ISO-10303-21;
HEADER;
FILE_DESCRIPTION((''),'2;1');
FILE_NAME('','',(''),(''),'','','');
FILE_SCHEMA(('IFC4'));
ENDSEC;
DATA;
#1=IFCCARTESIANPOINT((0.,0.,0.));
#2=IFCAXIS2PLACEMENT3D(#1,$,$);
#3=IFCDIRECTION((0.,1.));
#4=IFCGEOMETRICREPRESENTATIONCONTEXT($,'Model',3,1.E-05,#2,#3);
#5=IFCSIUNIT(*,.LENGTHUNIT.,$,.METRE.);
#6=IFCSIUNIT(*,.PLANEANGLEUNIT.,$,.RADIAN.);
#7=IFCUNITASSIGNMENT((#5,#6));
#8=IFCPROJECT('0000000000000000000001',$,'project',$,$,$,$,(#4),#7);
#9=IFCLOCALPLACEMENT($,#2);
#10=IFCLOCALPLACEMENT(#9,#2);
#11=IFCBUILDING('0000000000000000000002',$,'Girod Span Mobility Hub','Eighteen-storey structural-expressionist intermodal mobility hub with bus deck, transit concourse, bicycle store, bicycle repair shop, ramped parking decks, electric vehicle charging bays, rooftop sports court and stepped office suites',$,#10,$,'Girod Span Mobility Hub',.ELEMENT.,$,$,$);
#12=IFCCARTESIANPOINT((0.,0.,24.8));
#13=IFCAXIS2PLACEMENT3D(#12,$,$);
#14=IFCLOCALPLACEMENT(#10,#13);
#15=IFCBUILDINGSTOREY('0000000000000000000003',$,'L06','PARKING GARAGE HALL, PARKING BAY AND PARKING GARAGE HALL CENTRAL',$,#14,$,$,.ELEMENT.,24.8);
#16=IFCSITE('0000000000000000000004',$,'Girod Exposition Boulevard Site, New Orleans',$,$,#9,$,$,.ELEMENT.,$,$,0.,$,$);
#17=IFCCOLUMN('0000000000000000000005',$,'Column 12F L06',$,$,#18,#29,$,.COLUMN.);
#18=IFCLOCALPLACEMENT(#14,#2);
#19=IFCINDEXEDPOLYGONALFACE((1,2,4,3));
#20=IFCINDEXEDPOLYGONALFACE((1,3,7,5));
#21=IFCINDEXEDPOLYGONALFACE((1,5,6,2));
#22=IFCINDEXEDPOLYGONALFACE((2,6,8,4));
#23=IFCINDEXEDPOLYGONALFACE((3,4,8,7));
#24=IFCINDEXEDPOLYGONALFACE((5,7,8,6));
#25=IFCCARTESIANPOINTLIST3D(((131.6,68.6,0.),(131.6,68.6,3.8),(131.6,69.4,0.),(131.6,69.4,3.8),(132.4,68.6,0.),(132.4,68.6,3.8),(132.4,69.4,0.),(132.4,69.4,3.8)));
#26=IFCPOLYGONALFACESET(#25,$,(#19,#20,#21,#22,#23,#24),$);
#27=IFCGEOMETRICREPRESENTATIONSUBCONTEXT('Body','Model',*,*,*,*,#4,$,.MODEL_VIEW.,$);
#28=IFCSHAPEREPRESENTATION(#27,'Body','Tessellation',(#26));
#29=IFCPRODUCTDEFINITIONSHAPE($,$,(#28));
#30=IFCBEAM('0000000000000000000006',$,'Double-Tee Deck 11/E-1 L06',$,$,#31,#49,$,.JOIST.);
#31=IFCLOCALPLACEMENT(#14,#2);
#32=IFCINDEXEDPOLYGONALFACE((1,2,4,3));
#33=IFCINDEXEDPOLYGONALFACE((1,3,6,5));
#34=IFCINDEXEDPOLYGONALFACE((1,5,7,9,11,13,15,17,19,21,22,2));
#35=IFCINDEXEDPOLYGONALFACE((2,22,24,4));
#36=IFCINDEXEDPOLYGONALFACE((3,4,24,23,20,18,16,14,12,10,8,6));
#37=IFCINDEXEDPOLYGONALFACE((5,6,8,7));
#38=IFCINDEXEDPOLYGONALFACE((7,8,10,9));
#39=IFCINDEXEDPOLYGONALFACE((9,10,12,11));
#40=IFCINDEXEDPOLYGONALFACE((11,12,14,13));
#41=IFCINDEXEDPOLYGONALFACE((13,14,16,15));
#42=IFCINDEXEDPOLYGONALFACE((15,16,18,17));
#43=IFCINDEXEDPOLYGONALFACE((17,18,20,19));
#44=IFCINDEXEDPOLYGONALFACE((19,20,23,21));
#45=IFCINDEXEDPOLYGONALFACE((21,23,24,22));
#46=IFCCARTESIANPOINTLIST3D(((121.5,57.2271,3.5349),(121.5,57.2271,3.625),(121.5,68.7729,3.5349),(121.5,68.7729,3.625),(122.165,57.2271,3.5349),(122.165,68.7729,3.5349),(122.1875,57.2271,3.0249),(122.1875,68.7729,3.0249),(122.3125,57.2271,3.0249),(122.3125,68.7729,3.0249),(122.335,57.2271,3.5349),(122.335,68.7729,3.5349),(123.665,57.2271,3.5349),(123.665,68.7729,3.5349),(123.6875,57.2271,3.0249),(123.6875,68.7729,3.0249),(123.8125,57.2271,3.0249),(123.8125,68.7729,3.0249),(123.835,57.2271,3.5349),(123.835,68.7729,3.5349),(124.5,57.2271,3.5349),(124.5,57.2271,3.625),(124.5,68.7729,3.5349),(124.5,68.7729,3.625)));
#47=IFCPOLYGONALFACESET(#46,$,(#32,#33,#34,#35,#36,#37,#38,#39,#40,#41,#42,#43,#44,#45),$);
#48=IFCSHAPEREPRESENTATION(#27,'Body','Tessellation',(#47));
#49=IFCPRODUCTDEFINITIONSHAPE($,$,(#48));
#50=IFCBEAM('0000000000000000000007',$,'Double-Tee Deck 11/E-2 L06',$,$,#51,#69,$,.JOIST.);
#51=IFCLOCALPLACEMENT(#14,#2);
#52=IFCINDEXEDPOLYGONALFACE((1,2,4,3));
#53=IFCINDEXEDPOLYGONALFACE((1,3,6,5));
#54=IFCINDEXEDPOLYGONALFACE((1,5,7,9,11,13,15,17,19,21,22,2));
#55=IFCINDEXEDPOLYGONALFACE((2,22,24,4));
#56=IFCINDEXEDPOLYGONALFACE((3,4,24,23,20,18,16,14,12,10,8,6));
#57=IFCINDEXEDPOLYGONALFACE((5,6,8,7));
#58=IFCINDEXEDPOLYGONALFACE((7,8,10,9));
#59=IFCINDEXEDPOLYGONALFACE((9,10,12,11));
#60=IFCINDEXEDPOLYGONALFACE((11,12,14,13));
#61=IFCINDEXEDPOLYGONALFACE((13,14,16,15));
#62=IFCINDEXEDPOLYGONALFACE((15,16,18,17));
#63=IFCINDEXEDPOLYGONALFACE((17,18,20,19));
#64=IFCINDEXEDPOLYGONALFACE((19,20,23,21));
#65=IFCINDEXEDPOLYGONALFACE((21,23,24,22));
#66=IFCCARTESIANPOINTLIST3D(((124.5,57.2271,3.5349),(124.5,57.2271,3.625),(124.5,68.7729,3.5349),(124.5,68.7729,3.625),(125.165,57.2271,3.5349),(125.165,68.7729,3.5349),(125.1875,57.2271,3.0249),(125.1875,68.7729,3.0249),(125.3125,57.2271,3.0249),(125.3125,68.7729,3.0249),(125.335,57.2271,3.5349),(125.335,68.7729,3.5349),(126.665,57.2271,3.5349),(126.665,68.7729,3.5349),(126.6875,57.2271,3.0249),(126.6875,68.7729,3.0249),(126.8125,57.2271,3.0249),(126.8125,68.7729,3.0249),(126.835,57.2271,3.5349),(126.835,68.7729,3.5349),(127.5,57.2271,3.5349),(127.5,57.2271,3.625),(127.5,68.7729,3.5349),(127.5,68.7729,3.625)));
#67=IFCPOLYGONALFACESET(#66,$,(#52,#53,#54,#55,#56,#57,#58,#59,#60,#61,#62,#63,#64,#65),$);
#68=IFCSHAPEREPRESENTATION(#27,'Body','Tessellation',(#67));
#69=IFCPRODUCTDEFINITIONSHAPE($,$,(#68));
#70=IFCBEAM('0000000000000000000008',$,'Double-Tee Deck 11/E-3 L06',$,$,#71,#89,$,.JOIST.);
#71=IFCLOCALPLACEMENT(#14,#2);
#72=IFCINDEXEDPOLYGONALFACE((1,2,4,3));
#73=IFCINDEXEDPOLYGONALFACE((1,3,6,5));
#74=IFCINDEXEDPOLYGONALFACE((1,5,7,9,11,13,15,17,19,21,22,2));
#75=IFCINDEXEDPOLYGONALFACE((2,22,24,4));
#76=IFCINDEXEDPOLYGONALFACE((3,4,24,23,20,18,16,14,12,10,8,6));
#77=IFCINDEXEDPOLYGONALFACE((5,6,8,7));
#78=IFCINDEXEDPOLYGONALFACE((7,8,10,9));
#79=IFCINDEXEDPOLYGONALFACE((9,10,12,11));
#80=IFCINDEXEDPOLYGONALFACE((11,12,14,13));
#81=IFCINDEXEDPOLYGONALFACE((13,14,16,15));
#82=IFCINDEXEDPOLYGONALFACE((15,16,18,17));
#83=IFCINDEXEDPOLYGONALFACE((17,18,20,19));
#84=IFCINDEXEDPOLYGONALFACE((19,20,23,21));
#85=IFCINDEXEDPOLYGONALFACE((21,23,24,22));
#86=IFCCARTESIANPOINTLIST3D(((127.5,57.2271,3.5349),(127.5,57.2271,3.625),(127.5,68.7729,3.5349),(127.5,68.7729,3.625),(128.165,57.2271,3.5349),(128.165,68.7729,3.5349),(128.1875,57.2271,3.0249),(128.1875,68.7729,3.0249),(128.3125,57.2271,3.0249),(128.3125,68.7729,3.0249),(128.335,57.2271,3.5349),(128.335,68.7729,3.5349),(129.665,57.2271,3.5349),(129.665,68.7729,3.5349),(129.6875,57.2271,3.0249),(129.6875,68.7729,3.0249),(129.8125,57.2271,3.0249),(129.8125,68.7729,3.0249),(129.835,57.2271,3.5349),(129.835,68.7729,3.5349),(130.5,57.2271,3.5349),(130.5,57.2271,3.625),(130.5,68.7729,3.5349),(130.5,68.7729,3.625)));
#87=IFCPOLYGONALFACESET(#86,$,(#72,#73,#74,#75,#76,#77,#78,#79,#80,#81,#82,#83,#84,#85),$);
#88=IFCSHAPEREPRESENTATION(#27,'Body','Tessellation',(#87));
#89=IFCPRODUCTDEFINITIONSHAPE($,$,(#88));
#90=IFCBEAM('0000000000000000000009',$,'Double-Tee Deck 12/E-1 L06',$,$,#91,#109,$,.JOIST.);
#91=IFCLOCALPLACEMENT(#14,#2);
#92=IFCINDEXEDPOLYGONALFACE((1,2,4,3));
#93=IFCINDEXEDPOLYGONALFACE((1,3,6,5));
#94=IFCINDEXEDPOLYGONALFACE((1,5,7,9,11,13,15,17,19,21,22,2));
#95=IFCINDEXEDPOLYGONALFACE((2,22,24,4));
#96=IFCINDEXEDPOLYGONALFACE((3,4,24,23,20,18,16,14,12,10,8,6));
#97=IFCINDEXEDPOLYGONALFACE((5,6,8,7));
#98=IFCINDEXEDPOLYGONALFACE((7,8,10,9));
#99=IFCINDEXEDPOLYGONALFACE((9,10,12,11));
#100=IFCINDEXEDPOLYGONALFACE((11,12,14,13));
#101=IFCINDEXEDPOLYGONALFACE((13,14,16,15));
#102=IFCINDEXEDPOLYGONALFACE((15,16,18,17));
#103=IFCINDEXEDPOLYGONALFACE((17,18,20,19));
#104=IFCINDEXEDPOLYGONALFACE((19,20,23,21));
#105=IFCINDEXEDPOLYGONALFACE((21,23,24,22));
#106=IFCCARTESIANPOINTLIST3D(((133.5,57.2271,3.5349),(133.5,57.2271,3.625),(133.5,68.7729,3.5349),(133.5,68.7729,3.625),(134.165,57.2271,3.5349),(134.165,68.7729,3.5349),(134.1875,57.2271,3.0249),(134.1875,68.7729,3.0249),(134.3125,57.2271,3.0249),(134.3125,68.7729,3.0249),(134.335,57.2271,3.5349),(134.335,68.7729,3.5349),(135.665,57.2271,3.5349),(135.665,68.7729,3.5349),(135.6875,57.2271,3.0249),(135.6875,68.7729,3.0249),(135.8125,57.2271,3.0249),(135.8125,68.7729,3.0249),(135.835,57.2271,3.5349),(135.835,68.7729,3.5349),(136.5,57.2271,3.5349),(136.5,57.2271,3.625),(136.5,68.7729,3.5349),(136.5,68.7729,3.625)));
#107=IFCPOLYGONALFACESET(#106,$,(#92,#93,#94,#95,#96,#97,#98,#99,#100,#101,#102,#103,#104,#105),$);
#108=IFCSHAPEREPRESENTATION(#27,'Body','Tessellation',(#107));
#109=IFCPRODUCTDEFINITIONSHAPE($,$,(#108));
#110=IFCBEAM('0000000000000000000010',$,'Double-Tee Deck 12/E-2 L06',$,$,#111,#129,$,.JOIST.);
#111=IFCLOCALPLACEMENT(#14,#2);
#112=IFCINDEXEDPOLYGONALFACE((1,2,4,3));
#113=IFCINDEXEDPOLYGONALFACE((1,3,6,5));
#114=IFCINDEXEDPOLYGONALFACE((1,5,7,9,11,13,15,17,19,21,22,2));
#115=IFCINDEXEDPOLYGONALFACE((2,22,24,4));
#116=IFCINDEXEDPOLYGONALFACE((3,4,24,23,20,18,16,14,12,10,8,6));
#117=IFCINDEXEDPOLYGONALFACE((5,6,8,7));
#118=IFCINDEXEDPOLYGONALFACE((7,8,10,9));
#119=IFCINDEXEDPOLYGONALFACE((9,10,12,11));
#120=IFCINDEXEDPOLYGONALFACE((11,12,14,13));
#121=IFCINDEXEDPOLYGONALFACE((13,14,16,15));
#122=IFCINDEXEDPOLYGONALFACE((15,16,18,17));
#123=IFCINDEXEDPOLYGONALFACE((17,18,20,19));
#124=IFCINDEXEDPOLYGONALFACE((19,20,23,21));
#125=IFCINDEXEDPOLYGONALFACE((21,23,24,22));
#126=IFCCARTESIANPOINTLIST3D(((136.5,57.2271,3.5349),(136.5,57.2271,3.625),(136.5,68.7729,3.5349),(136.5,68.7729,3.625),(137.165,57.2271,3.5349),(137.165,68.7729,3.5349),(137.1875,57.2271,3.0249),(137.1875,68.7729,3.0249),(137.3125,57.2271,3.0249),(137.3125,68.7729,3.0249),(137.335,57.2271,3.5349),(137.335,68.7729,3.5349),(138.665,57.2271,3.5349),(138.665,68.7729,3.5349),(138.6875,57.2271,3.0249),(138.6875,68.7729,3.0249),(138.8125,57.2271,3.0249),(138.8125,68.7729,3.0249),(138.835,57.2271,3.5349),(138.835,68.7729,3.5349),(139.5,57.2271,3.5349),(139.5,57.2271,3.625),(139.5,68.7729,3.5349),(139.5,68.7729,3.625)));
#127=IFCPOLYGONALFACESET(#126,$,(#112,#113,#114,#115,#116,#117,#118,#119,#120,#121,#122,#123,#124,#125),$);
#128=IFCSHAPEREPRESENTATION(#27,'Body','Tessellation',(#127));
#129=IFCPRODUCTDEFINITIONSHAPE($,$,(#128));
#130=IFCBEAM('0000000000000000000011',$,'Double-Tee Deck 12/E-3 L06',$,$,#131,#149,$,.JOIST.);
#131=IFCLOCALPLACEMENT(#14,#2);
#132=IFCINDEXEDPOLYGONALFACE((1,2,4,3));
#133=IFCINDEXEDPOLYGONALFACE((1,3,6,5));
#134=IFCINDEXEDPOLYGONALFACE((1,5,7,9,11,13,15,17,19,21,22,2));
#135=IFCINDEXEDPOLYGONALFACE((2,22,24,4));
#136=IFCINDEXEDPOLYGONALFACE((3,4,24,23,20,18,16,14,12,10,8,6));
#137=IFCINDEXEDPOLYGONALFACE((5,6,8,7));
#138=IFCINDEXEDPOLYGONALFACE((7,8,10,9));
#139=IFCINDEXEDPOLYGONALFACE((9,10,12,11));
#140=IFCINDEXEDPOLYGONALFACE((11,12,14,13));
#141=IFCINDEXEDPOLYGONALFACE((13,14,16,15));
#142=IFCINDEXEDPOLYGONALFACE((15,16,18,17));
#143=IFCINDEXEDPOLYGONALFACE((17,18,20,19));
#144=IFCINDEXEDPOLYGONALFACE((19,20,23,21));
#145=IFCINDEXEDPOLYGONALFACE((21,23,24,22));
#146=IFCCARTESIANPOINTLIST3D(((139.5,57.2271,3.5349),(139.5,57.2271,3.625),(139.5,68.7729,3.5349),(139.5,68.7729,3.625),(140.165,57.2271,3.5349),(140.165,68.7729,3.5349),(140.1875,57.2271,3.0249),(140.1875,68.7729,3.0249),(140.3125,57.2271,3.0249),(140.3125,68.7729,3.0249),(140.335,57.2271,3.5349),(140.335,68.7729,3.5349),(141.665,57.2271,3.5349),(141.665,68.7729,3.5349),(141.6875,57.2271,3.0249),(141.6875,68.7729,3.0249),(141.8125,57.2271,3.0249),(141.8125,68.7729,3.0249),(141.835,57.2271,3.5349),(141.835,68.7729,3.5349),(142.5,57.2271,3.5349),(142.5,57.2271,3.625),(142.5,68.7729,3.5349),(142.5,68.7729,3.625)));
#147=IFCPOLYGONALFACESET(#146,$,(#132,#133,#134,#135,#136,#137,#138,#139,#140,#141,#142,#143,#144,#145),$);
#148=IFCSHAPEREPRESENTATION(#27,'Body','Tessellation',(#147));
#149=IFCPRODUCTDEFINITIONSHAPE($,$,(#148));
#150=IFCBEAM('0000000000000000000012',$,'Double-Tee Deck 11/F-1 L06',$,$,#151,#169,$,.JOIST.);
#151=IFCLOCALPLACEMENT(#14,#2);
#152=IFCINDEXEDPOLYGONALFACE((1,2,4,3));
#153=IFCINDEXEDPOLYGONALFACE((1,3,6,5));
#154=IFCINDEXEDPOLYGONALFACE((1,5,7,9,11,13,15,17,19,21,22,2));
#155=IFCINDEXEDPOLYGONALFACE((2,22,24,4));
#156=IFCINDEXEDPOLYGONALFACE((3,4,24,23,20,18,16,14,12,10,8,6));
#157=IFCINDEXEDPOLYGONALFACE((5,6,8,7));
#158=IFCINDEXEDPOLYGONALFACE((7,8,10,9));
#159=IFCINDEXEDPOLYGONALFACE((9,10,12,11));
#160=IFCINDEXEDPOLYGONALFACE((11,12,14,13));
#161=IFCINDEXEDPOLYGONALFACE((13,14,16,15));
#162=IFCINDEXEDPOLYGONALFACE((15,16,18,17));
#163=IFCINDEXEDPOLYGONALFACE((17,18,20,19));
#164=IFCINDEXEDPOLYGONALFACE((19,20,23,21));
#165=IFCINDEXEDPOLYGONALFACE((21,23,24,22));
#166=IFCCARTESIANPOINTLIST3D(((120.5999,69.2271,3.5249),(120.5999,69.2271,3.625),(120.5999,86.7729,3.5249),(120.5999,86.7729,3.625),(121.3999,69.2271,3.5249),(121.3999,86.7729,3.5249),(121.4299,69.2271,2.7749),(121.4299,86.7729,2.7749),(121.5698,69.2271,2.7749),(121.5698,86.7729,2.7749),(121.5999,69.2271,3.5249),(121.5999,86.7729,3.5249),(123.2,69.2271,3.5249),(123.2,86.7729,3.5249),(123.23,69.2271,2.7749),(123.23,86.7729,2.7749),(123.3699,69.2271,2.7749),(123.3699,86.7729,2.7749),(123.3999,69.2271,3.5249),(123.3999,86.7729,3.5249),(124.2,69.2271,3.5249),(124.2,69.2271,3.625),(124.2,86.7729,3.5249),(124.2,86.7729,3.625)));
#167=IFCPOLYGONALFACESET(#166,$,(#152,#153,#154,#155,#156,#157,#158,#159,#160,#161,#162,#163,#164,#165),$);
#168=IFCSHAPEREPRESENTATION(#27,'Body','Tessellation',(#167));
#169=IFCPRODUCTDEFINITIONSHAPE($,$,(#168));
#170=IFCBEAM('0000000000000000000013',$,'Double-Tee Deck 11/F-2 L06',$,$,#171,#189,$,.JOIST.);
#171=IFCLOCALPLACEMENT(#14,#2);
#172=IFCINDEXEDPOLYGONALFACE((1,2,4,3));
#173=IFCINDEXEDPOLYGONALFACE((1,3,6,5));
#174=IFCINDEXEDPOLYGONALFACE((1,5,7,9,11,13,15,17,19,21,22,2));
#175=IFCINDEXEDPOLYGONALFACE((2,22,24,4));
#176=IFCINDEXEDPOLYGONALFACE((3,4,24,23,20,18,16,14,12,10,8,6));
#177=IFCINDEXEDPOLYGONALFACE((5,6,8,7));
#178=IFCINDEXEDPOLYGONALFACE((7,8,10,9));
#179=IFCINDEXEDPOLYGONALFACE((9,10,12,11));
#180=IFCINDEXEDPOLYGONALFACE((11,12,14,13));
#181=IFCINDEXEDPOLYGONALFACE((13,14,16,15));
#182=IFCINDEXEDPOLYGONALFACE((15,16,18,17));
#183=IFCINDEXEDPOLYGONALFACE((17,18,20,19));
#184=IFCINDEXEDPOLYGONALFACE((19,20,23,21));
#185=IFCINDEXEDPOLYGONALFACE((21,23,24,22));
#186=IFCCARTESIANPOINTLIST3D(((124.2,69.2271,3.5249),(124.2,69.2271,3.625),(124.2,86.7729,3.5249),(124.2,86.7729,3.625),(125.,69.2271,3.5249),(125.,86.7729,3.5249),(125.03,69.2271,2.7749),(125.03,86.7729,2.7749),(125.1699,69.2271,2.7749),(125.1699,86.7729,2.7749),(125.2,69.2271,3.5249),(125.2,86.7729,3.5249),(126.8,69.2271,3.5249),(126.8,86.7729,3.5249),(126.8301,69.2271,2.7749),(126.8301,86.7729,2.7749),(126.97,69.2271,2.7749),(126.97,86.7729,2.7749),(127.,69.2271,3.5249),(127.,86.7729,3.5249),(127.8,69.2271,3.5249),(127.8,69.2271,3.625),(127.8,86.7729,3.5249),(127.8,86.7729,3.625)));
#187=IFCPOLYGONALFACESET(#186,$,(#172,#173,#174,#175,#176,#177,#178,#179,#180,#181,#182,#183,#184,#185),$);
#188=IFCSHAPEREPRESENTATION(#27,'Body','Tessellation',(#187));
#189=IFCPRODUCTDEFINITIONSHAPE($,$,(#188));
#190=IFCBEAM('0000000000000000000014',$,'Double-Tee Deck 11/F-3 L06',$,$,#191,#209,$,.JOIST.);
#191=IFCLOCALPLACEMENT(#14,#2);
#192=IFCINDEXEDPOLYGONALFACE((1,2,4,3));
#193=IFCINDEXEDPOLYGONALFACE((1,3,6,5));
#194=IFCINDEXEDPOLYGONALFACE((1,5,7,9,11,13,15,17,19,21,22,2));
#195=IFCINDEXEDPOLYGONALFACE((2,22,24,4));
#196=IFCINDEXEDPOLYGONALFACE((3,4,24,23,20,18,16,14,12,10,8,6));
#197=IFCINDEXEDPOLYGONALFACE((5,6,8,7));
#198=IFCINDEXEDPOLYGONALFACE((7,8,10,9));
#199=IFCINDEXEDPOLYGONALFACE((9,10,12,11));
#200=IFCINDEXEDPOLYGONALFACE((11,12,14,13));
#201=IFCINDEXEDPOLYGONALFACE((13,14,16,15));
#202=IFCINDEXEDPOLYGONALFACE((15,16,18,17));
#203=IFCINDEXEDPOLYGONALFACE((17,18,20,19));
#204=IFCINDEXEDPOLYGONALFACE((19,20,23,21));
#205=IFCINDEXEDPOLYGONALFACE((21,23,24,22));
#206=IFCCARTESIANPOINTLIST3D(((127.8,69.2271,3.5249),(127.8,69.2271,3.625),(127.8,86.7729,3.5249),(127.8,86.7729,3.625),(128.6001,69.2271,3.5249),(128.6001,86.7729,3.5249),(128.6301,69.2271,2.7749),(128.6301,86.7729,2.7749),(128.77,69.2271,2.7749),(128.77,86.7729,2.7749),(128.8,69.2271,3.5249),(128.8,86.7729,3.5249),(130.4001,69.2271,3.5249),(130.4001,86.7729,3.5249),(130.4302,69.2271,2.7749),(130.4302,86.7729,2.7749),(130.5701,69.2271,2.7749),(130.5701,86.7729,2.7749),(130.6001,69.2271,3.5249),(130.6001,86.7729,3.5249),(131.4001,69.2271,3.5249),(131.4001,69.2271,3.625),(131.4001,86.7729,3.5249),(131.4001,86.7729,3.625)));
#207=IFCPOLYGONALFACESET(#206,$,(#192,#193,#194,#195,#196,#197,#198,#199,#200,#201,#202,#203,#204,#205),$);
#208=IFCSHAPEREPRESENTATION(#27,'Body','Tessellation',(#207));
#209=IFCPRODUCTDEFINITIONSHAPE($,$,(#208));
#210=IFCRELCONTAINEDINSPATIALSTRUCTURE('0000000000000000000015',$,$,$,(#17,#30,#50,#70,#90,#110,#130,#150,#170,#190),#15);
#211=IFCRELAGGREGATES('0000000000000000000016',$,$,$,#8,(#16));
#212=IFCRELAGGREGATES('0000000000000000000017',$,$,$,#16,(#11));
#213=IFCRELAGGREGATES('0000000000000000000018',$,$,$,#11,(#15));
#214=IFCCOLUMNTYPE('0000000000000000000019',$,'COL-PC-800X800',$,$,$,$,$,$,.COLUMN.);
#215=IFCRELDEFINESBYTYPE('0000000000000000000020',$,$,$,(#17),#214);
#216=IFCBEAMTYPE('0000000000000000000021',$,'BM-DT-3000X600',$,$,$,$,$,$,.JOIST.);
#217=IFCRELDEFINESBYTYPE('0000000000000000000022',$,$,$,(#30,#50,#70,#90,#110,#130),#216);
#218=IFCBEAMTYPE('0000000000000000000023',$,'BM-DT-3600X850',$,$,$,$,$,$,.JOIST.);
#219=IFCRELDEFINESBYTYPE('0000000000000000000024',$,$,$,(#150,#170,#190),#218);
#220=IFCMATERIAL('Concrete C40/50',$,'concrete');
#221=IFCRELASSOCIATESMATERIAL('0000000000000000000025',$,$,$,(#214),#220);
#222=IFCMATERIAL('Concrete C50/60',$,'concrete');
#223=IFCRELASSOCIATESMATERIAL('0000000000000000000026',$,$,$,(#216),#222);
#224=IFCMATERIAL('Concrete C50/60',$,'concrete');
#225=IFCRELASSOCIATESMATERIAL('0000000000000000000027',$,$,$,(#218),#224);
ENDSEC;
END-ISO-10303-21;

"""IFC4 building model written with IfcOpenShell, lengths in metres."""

from ifc_helpers import new_model, si_unit, direction, frame, origin, origin_2d, place, context, subcontext, project, spatial, polyline, rectangle, outline, extrude, material, material_profile, profile_set, type_object, element, save


model = new_model("IFC4")

# Units and contexts
model_context = context("Model", 3, precision=1e-05, world=origin(), true_north=direction((0.0, 1.0)))
body_context = subcontext(model_context, "Body", "Model", "MODEL_VIEW")
ifc_project = project(units=[si_unit("LENGTHUNIT", "METRE"), si_unit("PLANEANGLEUNIT", "RADIAN")], contexts=[model_context])

# Site, building, storey
site_placement = place(None, origin())
site = spatial("IfcSite", under=ifc_project, at=site_placement, Name="Girod Exposition Boulevard Site, New Orleans", CompositionType="ELEMENT", RefElevation=0.0)
building_placement = place(site_placement, origin())
building = spatial("IfcBuilding", under=site, at=building_placement, Name="Girod Span Mobility Hub", Description="Eighteen-storey structural-expressionist intermodal mobility hub with bus deck, transit concourse, bicycle store, bicycle repair shop, ramped parking decks, electric vehicle charging bays, rooftop sports court and stepped office suites", LongName="Girod Span Mobility Hub", CompositionType="ELEMENT")
storey_placement = place(building_placement, frame((0.0, 0.0, 24.8)))
storey = spatial("IfcBuildingStorey", under=building, at=storey_placement, Name="L06", Description="PARKING GARAGE HALL, PARKING BAY AND PARKING GARAGE HALL CENTRAL", CompositionType="ELEMENT", Elevation=24.8)

# Column
ifc_material_1 = material(Name="Concrete C40/50", Category="concrete")
ifc_material_profile_1 = material_profile(ifc_material_1, rectangle(XDim=0.8, YDim=0.8, at=origin_2d()), Name="PC-COL-800X800")
ifc_profile_set_1 = profile_set([ifc_material_profile_1], Name="Concrete C40/50")
column_type = type_object("IfcColumnType", Name="COL-PC-800X800", PredefinedType="COLUMN", material=ifc_profile_set_1)
column_placement = place(storey_placement, frame((132.0, 69.0, 0.0), z_axis=(0.0, 0.0, 1.0), x_axis=(1.0, 0.0, 0.0)))
element("IfcColumn", 1, at=column_placement, inside=storey, type_object=column_type, Name="Column 12F L06", PredefinedType="COLUMN", context=body_context, shape_type="SweptSolid", body=[
    extrude(rectangle(XDim=0.8, YDim=0.8, at=origin_2d()), origin(), (0.0, 0.0, 1.0), 3.8),
])

# Beams
ifc_material_2 = material(Name="Concrete C50/60", Category="concrete")
ifc_material_profile_2 = material_profile(ifc_material_2, outline(polyline([(-1.5, 0.3), (-1.5, 0.21), (-0.835, 0.21), (-0.8125, -0.3), (-0.6875, -0.3), (-0.665, 0.21), (0.665, 0.21), (0.6875, -0.3), (0.8125, -0.3), (0.835, 0.21), (1.5, 0.21), (1.5, 0.3), (-1.5, 0.3)])), Name="DT-3000X600")
ifc_profile_set_2 = profile_set([ifc_material_profile_2], Name="Concrete C50/60")
beam_type_1 = type_object("IfcBeamType", Name="BM-DT-3000X600", PredefinedType="JOIST", material=ifc_profile_set_2)
for number, where, z_axis, x_axis, name in (
    (2, (123.0, 57.2271, 3.325), (0.0, 1.0, 0.0), (-1.0, 0.0, 0.0), "Double-Tee Deck 11/E-1 L06"),
    (3, (126.0, 57.2271, 3.325), (0.0, 1.0, 0.0), (-1.0, 0.0, 0.0), "Double-Tee Deck 11/E-2 L06"),
    (4, (129.0, 57.2271, 3.325), (0.0, 1.0, 0.0), (-1.0, 0.0, 0.0), "Double-Tee Deck 11/E-3 L06"),
    (5, (135.0, 57.2271, 3.325), (0.0, 1.0, 0.0), (-1.0, 0.0, 0.0), "Double-Tee Deck 12/E-1 L06"),
    (6, (138.0, 57.2271, 3.325), (0.0, 1.0, 0.0), (-1.0, 0.0, 0.0), "Double-Tee Deck 12/E-2 L06"),
    (7, (141.0, 57.2271, 3.325), (0.0, 1.0, 0.0), (-1.0, 0.0, 0.0), "Double-Tee Deck 12/E-3 L06"),
):
    element("IfcBeam", number, at=place(storey_placement, frame(where, z_axis=z_axis, x_axis=x_axis)), inside=storey, type_object=beam_type_1, Name=name, PredefinedType="JOIST", context=body_context, shape_type="SweptSolid", body=[
        extrude(outline(polyline([(-1.5, 0.3), (-1.5, 0.21), (-0.835, 0.21), (-0.8125, -0.3), (-0.6875, -0.3), (-0.665, 0.21), (0.665, 0.21), (0.6875, -0.3), (0.8125, -0.3), (0.835, 0.21), (1.5, 0.21), (1.5, 0.3), (-1.5, 0.3)])), origin(), (0.0, 0.0, 1.0), 11.5459),
    ])
ifc_material_3 = material(Name="Concrete C50/60", Category="concrete")
ifc_material_profile_3 = material_profile(ifc_material_3, outline(polyline([(-1.8, 0.425), (-1.8, 0.325), (-1.0, 0.325), (-0.97, -0.425), (-0.8301, -0.425), (-0.8, 0.325), (0.8, 0.325), (0.8301, -0.425), (0.97, -0.425), (1.0, 0.325), (1.8, 0.325), (1.8, 0.425), (-1.8, 0.425)])), Name="DT-3600X850")
ifc_profile_set_3 = profile_set([ifc_material_profile_3], Name="Concrete C50/60")
beam_type_2 = type_object("IfcBeamType", Name="BM-DT-3600X850", PredefinedType="JOIST", material=ifc_profile_set_3)
for number, where, z_axis, x_axis, name in (
    (8, (122.3999, 69.2271, 3.2), (0.0, 1.0, 0.0), (-1.0, 0.0, 0.0), "Double-Tee Deck 11/F-1 L06"),
    (9, (126.0, 69.2271, 3.2), (0.0, 1.0, 0.0), (-1.0, 0.0, 0.0), "Double-Tee Deck 11/F-2 L06"),
    (10, (129.6001, 69.2271, 3.2), (0.0, 1.0, 0.0), (-1.0, 0.0, 0.0), "Double-Tee Deck 11/F-3 L06"),
):
    element("IfcBeam", number, at=place(storey_placement, frame(where, z_axis=z_axis, x_axis=x_axis)), inside=storey, type_object=beam_type_2, Name=name, PredefinedType="JOIST", context=body_context, shape_type="SweptSolid", body=[
        extrude(outline(polyline([(-1.8, 0.425), (-1.8, 0.325), (-1.0, 0.325), (-0.97, -0.425), (-0.8301, -0.425), (-0.8, 0.325), (0.8, 0.325), (0.8301, -0.425), (0.97, -0.425), (1.0, 0.325), (1.8, 0.325), (1.8, 0.425), (-1.8, 0.425)])), origin(), (0.0, 0.0, 1.0), 17.5459),
    ])

save(model, "model.ifc")
